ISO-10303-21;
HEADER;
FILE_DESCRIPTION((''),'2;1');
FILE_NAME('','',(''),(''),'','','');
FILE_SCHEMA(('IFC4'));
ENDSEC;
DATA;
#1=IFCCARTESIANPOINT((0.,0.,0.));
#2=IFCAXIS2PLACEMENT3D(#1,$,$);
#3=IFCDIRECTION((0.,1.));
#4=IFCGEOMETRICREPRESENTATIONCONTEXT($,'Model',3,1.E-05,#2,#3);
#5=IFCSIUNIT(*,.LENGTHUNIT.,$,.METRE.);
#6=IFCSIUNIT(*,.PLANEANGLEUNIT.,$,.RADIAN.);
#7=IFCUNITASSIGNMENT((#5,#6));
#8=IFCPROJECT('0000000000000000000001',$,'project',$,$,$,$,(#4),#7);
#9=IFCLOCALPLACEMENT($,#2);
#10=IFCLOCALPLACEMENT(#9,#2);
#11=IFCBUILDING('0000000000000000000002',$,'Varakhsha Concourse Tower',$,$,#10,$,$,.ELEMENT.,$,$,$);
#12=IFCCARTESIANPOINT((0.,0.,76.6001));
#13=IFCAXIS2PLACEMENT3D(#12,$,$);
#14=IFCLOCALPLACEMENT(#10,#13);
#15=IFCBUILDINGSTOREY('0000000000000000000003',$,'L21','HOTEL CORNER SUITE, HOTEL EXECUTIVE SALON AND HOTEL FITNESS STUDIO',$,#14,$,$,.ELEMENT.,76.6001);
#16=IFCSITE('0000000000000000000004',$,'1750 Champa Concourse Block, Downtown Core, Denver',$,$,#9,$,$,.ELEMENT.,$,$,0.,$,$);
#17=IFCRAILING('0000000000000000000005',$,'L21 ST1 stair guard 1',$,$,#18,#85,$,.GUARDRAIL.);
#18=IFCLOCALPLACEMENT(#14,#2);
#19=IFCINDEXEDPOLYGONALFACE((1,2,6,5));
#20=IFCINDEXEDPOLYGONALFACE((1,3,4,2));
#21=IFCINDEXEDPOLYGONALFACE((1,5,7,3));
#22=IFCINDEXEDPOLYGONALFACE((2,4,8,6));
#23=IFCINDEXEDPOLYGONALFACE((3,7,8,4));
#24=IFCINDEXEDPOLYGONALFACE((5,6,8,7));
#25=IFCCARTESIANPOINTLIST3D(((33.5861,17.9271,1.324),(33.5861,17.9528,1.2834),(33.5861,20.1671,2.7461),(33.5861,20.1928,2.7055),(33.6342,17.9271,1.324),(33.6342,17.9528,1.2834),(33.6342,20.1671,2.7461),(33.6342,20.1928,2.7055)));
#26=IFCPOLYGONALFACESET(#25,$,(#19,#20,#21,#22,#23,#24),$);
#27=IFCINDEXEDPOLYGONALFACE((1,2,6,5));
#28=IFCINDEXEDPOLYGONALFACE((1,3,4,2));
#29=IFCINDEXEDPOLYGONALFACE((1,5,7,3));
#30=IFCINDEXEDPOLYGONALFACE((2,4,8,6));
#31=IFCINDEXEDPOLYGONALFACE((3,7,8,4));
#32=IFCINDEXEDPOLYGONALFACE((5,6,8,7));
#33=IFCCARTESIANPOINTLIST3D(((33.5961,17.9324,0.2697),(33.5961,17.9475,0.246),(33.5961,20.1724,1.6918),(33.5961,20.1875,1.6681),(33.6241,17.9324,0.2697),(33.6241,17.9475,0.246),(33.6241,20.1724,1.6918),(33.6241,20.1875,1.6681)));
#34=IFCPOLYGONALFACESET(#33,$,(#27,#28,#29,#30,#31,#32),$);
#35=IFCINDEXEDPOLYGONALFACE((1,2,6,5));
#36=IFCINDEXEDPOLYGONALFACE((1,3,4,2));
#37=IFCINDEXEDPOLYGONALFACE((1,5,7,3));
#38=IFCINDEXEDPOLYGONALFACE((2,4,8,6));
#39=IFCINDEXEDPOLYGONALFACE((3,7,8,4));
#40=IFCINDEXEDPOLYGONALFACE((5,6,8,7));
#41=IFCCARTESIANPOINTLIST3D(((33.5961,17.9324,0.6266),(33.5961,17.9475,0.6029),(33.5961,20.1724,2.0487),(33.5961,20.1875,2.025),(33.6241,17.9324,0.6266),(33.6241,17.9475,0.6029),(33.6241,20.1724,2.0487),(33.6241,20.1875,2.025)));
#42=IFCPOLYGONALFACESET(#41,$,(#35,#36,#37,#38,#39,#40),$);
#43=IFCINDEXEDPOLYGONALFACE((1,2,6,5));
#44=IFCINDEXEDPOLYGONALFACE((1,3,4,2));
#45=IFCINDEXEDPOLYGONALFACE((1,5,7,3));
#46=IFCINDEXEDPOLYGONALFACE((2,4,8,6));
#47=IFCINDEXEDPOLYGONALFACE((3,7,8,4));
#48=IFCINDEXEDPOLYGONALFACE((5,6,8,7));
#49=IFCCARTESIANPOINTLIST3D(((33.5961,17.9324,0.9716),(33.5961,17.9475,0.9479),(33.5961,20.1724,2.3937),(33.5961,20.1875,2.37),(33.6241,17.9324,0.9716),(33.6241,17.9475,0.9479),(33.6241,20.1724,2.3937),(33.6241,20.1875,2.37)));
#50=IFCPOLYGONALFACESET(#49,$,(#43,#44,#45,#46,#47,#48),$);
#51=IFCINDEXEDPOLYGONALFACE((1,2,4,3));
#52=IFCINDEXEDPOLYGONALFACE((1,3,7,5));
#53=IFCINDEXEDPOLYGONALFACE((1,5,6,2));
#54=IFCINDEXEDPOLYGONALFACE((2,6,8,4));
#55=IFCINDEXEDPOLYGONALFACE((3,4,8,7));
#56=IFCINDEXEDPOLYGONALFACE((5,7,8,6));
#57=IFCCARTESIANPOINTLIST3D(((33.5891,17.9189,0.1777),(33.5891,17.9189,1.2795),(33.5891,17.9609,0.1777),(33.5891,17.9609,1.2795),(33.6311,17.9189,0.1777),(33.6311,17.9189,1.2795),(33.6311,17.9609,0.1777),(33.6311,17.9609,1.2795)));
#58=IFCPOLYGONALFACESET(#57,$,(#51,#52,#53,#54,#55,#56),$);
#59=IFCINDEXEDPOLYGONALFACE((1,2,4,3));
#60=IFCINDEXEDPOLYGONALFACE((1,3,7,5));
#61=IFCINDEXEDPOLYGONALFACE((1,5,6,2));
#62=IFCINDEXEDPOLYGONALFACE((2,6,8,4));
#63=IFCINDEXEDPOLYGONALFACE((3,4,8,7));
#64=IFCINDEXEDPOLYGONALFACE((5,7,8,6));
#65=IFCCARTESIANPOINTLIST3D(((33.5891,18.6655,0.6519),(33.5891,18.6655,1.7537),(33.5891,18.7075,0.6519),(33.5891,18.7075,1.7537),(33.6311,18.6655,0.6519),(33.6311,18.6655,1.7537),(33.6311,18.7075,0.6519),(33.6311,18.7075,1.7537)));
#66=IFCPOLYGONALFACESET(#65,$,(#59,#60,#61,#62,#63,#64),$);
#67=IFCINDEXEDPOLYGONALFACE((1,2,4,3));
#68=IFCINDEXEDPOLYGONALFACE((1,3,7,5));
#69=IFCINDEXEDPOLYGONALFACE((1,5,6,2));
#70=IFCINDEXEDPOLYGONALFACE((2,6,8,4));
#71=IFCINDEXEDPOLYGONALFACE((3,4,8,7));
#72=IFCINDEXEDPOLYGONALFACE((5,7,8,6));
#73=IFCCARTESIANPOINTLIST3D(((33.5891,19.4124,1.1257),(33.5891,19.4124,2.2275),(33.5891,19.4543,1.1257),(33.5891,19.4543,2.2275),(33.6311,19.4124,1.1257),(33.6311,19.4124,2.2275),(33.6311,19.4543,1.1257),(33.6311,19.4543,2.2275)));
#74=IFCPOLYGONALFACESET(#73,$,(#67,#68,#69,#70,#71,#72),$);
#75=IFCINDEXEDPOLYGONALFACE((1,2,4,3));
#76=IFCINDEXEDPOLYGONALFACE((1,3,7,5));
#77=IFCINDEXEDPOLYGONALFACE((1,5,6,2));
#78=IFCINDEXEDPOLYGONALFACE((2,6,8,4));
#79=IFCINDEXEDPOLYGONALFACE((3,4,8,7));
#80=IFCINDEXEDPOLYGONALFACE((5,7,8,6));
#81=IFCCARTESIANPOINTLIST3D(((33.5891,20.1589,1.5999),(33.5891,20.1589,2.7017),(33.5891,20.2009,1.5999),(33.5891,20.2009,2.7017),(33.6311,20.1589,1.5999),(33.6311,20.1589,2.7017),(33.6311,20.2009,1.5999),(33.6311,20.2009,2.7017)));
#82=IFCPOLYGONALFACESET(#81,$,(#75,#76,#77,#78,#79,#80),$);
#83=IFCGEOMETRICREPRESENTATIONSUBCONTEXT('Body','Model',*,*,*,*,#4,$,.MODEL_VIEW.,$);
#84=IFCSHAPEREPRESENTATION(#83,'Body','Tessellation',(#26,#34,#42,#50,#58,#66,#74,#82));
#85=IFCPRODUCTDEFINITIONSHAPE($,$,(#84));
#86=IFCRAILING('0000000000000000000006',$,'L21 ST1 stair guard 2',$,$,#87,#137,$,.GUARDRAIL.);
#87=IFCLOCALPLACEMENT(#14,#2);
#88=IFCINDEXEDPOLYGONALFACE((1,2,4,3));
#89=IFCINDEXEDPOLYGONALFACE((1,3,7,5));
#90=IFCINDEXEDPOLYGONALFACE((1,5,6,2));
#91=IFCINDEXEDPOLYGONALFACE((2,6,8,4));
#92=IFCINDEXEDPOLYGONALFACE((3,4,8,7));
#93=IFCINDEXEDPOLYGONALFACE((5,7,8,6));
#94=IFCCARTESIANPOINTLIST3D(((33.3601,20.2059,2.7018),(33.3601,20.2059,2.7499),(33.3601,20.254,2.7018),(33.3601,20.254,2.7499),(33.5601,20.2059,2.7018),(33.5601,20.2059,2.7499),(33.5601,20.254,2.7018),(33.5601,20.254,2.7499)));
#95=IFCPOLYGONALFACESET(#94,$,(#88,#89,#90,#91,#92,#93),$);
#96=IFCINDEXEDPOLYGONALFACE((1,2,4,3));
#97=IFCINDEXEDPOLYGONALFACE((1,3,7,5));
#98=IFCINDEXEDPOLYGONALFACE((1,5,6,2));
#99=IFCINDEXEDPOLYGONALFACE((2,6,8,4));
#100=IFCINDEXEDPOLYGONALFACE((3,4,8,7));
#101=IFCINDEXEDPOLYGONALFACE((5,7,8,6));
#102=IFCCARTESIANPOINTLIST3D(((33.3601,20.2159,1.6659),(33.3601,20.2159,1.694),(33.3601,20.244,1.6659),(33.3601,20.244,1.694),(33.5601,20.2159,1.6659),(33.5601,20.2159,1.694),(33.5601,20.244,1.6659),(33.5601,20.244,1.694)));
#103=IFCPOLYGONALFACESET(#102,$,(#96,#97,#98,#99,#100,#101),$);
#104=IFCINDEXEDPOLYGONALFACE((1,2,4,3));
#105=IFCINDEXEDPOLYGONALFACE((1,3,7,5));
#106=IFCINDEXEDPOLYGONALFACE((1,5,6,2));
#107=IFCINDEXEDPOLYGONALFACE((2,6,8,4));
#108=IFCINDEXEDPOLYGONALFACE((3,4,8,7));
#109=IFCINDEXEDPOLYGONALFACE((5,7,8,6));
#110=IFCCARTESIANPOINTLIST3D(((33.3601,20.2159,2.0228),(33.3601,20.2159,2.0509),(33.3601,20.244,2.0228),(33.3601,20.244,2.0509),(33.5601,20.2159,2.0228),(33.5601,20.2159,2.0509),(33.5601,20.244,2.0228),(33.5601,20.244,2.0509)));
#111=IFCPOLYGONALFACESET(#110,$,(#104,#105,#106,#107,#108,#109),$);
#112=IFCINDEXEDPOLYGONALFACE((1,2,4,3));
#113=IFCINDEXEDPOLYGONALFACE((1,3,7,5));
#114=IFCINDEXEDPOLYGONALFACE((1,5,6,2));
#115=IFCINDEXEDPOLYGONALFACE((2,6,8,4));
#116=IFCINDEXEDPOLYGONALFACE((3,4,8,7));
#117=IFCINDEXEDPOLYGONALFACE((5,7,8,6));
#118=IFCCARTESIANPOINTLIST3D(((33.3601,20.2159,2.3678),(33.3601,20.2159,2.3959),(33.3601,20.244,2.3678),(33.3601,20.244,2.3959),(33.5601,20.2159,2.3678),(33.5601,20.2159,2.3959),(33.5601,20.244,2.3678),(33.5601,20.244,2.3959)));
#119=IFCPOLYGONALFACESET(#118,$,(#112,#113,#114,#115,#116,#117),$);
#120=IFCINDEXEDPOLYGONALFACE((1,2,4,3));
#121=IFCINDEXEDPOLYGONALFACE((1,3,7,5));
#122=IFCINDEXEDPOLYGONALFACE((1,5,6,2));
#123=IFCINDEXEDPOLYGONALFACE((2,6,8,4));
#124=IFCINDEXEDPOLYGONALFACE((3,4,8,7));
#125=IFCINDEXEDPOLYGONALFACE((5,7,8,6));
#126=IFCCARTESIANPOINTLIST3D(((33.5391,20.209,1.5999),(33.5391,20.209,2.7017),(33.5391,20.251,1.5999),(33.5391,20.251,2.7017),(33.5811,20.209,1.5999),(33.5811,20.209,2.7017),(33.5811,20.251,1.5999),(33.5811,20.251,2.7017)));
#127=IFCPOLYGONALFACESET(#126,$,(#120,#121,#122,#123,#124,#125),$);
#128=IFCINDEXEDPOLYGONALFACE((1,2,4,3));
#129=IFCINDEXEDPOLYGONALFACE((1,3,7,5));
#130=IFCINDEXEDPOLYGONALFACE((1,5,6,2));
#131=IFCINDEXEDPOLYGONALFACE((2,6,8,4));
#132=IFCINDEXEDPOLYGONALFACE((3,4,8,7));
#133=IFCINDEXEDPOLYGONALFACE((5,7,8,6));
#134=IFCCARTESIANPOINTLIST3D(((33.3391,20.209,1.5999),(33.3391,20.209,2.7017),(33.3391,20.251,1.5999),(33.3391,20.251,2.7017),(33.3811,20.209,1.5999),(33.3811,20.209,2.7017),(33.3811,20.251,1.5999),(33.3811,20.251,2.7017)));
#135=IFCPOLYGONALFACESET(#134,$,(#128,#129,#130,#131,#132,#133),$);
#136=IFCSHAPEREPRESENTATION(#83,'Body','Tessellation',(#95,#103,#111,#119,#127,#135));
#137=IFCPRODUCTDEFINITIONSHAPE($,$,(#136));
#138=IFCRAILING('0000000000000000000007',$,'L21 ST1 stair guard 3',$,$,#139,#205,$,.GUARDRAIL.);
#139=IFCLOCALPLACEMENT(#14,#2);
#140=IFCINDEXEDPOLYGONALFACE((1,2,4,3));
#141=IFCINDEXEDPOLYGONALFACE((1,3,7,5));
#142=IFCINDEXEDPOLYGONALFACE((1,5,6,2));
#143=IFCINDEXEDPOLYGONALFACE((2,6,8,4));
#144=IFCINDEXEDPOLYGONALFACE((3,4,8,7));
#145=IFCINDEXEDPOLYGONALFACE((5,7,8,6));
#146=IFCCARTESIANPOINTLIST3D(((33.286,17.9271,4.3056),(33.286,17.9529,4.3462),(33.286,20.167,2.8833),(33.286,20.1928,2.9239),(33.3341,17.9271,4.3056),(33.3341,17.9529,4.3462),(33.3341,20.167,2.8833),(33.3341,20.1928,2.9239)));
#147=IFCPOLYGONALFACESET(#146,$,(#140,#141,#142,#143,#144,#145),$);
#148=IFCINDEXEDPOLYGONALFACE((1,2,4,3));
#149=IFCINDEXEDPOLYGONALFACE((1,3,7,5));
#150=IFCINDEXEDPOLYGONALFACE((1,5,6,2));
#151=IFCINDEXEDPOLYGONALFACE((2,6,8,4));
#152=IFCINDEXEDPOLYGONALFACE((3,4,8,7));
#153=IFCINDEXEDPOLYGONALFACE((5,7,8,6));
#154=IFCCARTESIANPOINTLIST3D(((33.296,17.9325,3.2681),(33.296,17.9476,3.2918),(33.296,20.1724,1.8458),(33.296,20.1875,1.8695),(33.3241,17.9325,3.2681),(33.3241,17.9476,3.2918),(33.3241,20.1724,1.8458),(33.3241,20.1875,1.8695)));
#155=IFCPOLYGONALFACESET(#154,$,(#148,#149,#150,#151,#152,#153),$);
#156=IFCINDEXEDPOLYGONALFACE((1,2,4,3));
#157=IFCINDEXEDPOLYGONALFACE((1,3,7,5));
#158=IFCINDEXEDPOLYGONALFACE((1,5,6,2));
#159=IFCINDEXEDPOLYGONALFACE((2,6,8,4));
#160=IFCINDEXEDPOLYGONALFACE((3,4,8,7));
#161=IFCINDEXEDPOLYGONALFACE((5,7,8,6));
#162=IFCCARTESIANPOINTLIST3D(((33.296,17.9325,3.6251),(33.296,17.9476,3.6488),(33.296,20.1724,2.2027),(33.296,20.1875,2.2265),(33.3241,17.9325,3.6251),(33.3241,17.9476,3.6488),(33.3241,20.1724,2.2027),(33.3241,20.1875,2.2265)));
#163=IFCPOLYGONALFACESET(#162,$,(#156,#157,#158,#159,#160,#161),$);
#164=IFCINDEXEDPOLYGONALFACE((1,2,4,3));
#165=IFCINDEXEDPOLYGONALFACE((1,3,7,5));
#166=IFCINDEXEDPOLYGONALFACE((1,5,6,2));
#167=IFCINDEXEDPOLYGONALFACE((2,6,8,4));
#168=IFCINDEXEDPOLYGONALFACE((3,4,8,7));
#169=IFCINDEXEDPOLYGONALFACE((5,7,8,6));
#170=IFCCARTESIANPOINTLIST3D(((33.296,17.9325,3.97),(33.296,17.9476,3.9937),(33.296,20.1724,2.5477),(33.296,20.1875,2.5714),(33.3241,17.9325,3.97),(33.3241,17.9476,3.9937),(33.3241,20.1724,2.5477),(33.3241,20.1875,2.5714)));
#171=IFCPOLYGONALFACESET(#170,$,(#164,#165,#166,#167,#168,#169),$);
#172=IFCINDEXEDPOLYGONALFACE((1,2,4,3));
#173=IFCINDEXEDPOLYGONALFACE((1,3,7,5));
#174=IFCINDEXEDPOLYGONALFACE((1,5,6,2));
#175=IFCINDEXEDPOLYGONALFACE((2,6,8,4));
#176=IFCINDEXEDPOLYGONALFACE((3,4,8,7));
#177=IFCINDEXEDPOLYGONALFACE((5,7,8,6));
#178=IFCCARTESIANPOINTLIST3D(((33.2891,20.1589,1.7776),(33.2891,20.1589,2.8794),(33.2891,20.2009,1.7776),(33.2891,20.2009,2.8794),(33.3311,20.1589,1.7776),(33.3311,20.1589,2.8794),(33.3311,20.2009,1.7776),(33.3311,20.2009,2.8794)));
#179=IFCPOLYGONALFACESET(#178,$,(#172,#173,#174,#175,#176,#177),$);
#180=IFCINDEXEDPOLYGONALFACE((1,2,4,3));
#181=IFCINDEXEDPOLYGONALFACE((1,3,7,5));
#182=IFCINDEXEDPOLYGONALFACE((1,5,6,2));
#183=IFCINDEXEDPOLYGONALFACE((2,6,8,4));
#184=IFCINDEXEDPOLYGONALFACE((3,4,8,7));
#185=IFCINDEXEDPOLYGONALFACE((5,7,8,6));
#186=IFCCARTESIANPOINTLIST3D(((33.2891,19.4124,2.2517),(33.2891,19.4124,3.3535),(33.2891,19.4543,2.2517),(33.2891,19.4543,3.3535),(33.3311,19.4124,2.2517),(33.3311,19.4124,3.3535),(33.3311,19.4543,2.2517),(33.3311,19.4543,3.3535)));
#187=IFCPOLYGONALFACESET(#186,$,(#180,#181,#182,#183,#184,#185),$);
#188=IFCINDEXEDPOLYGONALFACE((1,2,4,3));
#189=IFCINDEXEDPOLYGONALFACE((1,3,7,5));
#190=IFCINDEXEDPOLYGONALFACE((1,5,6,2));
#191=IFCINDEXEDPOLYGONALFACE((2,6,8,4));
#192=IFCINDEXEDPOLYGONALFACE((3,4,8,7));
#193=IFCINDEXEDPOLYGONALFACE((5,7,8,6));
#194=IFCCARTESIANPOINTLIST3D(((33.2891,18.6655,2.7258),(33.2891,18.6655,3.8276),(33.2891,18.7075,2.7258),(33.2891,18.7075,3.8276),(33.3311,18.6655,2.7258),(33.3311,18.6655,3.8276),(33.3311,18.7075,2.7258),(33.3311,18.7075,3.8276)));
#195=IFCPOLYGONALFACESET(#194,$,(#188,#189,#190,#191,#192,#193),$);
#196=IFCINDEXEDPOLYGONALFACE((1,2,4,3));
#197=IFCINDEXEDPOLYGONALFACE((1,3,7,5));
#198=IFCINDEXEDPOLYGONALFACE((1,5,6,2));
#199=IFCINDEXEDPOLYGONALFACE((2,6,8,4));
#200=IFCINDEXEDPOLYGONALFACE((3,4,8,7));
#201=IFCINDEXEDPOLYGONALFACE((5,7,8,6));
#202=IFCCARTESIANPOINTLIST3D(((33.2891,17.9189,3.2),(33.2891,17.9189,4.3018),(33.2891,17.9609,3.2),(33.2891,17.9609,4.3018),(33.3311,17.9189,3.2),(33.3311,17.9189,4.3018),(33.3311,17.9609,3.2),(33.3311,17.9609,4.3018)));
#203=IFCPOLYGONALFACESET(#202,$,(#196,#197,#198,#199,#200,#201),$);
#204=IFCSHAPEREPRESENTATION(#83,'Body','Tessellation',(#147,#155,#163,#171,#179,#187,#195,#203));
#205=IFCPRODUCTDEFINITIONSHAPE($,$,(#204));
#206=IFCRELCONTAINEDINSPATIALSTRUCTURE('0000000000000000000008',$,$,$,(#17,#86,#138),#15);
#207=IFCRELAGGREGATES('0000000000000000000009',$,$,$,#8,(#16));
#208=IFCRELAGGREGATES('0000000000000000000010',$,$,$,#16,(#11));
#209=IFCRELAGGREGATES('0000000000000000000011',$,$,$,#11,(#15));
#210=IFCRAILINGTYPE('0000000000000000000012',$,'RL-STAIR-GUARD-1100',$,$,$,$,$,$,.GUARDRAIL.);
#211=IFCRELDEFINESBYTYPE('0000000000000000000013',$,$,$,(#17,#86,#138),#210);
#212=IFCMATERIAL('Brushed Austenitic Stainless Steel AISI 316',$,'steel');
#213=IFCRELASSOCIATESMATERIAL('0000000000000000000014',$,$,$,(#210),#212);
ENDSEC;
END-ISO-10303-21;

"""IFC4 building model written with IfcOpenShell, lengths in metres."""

from ifc_helpers import new_model, si_unit, direction, frame, origin, origin_2d, place, context, subcontext, project, spatial, rectangle, extrude, material, type_object, element, save


model = new_model("IFC4")

# Units and contexts
model_context = context("Model", 3, precision=1e-05, world=origin(), true_north=direction((0.0, 1.0)))
body_context = subcontext(model_context, "Body", "Model", "MODEL_VIEW")
ifc_project = project(units=[si_unit("LENGTHUNIT", "METRE"), si_unit("PLANEANGLEUNIT", "RADIAN")], contexts=[model_context])

# Site, building, storey
site_placement = place(None, origin())
site = spatial("IfcSite", under=ifc_project, at=site_placement, Name="1750 Champa Concourse Block, Downtown Core, Denver", CompositionType="ELEMENT", RefElevation=0.0)
building_placement = place(site_placement, origin())
building = spatial("IfcBuilding", under=site, at=building_placement, Name="Varakhsha Concourse Tower", CompositionType="ELEMENT")
storey_placement = place(building_placement, frame((0.0, 0.0, 76.6001)))
storey = spatial("IfcBuildingStorey", under=building, at=storey_placement, Name="L21", Description="HOTEL CORNER SUITE, HOTEL EXECUTIVE SALON AND HOTEL FITNESS STUDIO", CompositionType="ELEMENT", Elevation=76.6001)

# Shared definitions
ifc_material_1 = material(Name="Brushed Austenitic Stainless Steel AISI 316", Category="steel")

# Railings
railing_type_1 = type_object("IfcRailingType", Name="RL-STAIR-GUARD-1100", PredefinedType="GUARDRAIL", material=ifc_material_1)
railing_1_placement = place(storey_placement, frame((33.6101, 17.9399, 0.1777)))
element("IfcRailing", 1, at=railing_1_placement, inside=storey, type_object=railing_type_1, Name="L21 ST1 stair guard 1", PredefinedType="GUARDRAIL", context=body_context, shape_type="SweptSolid", body=[
    extrude(rectangle(XDim=0.0481, YDim=0.0481, at=origin_2d()), frame((0.0, 0.0, 1.126), z_axis=(0.0, 0.844229, 0.535982), x_axis=(-1.0, 0.0, 0.0)), (0.0, 0.0, 1.0), 2.6533),
    extrude(rectangle(XDim=0.0281, YDim=0.0281, at=origin_2d()), frame((0.0, 0.0, 0.0801), z_axis=(0.0, 0.844229, 0.535982), x_axis=(-1.0, 0.0, 0.0)), (0.0, 0.0, 1.0), 2.6533),
    extrude(rectangle(XDim=0.0281, YDim=0.0281, at=origin_2d()), frame((0.0, 0.0, 0.437), z_axis=(0.0, 0.844229, 0.535982), x_axis=(-1.0, 0.0, 0.0)), (0.0, 0.0, 1.0), 2.6533),
    extrude(rectangle(XDim=0.0281, YDim=0.0281, at=origin_2d()), frame((0.0, 0.0, 0.782), z_axis=(0.0, 0.844229, 0.535982), x_axis=(-1.0, 0.0, 0.0)), (0.0, 0.0, 1.0), 2.6533),
    extrude(rectangle(XDim=0.042, YDim=0.042, at=origin_2d()), origin(), (0.0, 0.0, 1.0), 1.1018),
    extrude(rectangle(XDim=0.042, YDim=0.042, at=origin_2d()), frame((0.0, 0.7466, 0.4741)), (0.0, 0.0, 1.0), 1.1018),
    extrude(rectangle(XDim=0.042, YDim=0.042, at=origin_2d()), frame((0.0, 1.4934, 0.948)), (0.0, 0.0, 1.0), 1.1018),
    extrude(rectangle(XDim=0.042, YDim=0.042, at=origin_2d()), frame((0.0, 2.24, 1.4221)), (0.0, 0.0, 1.0), 1.1018),
])
railing_2_placement = place(storey_placement, frame((33.5601, 20.23, 1.5999)))
element("IfcRailing", 2, at=railing_2_placement, inside=storey, type_object=railing_type_1, Name="L21 ST1 stair guard 2", PredefinedType="GUARDRAIL", context=body_context, shape_type="SweptSolid", body=[
    extrude(rectangle(XDim=0.0481, YDim=0.0481, at=origin_2d()), frame((0.0, 0.0, 1.126), z_axis=(-1.0, 0.0, 0.0), x_axis=(0.0, -1.0, 0.0)), (0.0, 0.0, 1.0), 0.2),
    extrude(rectangle(XDim=0.0281, YDim=0.0281, at=origin_2d()), frame((0.0, 0.0, 0.0801), z_axis=(-1.0, 0.0, 0.0), x_axis=(0.0, -1.0, 0.0)), (0.0, 0.0, 1.0), 0.2),
    extrude(rectangle(XDim=0.0281, YDim=0.0281, at=origin_2d()), frame((0.0, 0.0, 0.437), z_axis=(-1.0, 0.0, 0.0), x_axis=(0.0, -1.0, 0.0)), (0.0, 0.0, 1.0), 0.2),
    extrude(rectangle(XDim=0.0281, YDim=0.0281, at=origin_2d()), frame((0.0, 0.0, 0.782), z_axis=(-1.0, 0.0, 0.0), x_axis=(0.0, -1.0, 0.0)), (0.0, 0.0, 1.0), 0.2),
    extrude(rectangle(XDim=0.042, YDim=0.042, at=origin_2d()), origin(), (0.0, 0.0, 1.0), 1.1018),
    extrude(rectangle(XDim=0.042, YDim=0.042, at=origin_2d()), frame((-0.2, 0.0, 0.0)), (0.0, 0.0, 1.0), 1.1018),
])
railing_3_placement = place(storey_placement, frame((33.3101, 20.1799, 1.7776)))
element("IfcRailing", 3, at=railing_3_placement, inside=storey, type_object=railing_type_1, Name="L21 ST1 stair guard 3", PredefinedType="GUARDRAIL", context=body_context, shape_type="SweptSolid", body=[
    extrude(rectangle(XDim=0.0481, YDim=0.0481, at=origin_2d()), frame((0.0, 0.0, 1.126), z_axis=(0.0, -0.844188, 0.536048), x_axis=(1.0, 0.0, 0.0)), (0.0, 0.0, 1.0), 2.6533),
    extrude(rectangle(XDim=0.0281, YDim=0.0281, at=origin_2d()), frame((0.0, 0.0, 0.0801), z_axis=(0.0, -0.844188, 0.536048), x_axis=(1.0, 0.0, 0.0)), (0.0, 0.0, 1.0), 2.6533),
    extrude(rectangle(XDim=0.0281, YDim=0.0281, at=origin_2d()), frame((0.0, 0.0, 0.437), z_axis=(0.0, -0.844188, 0.536048), x_axis=(1.0, 0.0, 0.0)), (0.0, 0.0, 1.0), 2.6533),
    extrude(rectangle(XDim=0.0281, YDim=0.0281, at=origin_2d()), frame((0.0, 0.0, 0.782), z_axis=(0.0, -0.844188, 0.536048), x_axis=(1.0, 0.0, 0.0)), (0.0, 0.0, 1.0), 2.6533),
    extrude(rectangle(XDim=0.042, YDim=0.042, at=origin_2d()), origin(), (0.0, 0.0, 1.0), 1.1018),
    extrude(rectangle(XDim=0.042, YDim=0.042, at=origin_2d()), frame((0.0, -0.7466, 0.4741)), (0.0, 0.0, 1.0), 1.1018),
    extrude(rectangle(XDim=0.042, YDim=0.042, at=origin_2d()), frame((0.0, -1.4934, 0.9482)), (0.0, 0.0, 1.0), 1.1018),
    extrude(rectangle(XDim=0.042, YDim=0.042, at=origin_2d()), frame((0.0, -2.24, 1.4224)), (0.0, 0.0, 1.0), 1.1018),
])

save(model, "model.ifc")
